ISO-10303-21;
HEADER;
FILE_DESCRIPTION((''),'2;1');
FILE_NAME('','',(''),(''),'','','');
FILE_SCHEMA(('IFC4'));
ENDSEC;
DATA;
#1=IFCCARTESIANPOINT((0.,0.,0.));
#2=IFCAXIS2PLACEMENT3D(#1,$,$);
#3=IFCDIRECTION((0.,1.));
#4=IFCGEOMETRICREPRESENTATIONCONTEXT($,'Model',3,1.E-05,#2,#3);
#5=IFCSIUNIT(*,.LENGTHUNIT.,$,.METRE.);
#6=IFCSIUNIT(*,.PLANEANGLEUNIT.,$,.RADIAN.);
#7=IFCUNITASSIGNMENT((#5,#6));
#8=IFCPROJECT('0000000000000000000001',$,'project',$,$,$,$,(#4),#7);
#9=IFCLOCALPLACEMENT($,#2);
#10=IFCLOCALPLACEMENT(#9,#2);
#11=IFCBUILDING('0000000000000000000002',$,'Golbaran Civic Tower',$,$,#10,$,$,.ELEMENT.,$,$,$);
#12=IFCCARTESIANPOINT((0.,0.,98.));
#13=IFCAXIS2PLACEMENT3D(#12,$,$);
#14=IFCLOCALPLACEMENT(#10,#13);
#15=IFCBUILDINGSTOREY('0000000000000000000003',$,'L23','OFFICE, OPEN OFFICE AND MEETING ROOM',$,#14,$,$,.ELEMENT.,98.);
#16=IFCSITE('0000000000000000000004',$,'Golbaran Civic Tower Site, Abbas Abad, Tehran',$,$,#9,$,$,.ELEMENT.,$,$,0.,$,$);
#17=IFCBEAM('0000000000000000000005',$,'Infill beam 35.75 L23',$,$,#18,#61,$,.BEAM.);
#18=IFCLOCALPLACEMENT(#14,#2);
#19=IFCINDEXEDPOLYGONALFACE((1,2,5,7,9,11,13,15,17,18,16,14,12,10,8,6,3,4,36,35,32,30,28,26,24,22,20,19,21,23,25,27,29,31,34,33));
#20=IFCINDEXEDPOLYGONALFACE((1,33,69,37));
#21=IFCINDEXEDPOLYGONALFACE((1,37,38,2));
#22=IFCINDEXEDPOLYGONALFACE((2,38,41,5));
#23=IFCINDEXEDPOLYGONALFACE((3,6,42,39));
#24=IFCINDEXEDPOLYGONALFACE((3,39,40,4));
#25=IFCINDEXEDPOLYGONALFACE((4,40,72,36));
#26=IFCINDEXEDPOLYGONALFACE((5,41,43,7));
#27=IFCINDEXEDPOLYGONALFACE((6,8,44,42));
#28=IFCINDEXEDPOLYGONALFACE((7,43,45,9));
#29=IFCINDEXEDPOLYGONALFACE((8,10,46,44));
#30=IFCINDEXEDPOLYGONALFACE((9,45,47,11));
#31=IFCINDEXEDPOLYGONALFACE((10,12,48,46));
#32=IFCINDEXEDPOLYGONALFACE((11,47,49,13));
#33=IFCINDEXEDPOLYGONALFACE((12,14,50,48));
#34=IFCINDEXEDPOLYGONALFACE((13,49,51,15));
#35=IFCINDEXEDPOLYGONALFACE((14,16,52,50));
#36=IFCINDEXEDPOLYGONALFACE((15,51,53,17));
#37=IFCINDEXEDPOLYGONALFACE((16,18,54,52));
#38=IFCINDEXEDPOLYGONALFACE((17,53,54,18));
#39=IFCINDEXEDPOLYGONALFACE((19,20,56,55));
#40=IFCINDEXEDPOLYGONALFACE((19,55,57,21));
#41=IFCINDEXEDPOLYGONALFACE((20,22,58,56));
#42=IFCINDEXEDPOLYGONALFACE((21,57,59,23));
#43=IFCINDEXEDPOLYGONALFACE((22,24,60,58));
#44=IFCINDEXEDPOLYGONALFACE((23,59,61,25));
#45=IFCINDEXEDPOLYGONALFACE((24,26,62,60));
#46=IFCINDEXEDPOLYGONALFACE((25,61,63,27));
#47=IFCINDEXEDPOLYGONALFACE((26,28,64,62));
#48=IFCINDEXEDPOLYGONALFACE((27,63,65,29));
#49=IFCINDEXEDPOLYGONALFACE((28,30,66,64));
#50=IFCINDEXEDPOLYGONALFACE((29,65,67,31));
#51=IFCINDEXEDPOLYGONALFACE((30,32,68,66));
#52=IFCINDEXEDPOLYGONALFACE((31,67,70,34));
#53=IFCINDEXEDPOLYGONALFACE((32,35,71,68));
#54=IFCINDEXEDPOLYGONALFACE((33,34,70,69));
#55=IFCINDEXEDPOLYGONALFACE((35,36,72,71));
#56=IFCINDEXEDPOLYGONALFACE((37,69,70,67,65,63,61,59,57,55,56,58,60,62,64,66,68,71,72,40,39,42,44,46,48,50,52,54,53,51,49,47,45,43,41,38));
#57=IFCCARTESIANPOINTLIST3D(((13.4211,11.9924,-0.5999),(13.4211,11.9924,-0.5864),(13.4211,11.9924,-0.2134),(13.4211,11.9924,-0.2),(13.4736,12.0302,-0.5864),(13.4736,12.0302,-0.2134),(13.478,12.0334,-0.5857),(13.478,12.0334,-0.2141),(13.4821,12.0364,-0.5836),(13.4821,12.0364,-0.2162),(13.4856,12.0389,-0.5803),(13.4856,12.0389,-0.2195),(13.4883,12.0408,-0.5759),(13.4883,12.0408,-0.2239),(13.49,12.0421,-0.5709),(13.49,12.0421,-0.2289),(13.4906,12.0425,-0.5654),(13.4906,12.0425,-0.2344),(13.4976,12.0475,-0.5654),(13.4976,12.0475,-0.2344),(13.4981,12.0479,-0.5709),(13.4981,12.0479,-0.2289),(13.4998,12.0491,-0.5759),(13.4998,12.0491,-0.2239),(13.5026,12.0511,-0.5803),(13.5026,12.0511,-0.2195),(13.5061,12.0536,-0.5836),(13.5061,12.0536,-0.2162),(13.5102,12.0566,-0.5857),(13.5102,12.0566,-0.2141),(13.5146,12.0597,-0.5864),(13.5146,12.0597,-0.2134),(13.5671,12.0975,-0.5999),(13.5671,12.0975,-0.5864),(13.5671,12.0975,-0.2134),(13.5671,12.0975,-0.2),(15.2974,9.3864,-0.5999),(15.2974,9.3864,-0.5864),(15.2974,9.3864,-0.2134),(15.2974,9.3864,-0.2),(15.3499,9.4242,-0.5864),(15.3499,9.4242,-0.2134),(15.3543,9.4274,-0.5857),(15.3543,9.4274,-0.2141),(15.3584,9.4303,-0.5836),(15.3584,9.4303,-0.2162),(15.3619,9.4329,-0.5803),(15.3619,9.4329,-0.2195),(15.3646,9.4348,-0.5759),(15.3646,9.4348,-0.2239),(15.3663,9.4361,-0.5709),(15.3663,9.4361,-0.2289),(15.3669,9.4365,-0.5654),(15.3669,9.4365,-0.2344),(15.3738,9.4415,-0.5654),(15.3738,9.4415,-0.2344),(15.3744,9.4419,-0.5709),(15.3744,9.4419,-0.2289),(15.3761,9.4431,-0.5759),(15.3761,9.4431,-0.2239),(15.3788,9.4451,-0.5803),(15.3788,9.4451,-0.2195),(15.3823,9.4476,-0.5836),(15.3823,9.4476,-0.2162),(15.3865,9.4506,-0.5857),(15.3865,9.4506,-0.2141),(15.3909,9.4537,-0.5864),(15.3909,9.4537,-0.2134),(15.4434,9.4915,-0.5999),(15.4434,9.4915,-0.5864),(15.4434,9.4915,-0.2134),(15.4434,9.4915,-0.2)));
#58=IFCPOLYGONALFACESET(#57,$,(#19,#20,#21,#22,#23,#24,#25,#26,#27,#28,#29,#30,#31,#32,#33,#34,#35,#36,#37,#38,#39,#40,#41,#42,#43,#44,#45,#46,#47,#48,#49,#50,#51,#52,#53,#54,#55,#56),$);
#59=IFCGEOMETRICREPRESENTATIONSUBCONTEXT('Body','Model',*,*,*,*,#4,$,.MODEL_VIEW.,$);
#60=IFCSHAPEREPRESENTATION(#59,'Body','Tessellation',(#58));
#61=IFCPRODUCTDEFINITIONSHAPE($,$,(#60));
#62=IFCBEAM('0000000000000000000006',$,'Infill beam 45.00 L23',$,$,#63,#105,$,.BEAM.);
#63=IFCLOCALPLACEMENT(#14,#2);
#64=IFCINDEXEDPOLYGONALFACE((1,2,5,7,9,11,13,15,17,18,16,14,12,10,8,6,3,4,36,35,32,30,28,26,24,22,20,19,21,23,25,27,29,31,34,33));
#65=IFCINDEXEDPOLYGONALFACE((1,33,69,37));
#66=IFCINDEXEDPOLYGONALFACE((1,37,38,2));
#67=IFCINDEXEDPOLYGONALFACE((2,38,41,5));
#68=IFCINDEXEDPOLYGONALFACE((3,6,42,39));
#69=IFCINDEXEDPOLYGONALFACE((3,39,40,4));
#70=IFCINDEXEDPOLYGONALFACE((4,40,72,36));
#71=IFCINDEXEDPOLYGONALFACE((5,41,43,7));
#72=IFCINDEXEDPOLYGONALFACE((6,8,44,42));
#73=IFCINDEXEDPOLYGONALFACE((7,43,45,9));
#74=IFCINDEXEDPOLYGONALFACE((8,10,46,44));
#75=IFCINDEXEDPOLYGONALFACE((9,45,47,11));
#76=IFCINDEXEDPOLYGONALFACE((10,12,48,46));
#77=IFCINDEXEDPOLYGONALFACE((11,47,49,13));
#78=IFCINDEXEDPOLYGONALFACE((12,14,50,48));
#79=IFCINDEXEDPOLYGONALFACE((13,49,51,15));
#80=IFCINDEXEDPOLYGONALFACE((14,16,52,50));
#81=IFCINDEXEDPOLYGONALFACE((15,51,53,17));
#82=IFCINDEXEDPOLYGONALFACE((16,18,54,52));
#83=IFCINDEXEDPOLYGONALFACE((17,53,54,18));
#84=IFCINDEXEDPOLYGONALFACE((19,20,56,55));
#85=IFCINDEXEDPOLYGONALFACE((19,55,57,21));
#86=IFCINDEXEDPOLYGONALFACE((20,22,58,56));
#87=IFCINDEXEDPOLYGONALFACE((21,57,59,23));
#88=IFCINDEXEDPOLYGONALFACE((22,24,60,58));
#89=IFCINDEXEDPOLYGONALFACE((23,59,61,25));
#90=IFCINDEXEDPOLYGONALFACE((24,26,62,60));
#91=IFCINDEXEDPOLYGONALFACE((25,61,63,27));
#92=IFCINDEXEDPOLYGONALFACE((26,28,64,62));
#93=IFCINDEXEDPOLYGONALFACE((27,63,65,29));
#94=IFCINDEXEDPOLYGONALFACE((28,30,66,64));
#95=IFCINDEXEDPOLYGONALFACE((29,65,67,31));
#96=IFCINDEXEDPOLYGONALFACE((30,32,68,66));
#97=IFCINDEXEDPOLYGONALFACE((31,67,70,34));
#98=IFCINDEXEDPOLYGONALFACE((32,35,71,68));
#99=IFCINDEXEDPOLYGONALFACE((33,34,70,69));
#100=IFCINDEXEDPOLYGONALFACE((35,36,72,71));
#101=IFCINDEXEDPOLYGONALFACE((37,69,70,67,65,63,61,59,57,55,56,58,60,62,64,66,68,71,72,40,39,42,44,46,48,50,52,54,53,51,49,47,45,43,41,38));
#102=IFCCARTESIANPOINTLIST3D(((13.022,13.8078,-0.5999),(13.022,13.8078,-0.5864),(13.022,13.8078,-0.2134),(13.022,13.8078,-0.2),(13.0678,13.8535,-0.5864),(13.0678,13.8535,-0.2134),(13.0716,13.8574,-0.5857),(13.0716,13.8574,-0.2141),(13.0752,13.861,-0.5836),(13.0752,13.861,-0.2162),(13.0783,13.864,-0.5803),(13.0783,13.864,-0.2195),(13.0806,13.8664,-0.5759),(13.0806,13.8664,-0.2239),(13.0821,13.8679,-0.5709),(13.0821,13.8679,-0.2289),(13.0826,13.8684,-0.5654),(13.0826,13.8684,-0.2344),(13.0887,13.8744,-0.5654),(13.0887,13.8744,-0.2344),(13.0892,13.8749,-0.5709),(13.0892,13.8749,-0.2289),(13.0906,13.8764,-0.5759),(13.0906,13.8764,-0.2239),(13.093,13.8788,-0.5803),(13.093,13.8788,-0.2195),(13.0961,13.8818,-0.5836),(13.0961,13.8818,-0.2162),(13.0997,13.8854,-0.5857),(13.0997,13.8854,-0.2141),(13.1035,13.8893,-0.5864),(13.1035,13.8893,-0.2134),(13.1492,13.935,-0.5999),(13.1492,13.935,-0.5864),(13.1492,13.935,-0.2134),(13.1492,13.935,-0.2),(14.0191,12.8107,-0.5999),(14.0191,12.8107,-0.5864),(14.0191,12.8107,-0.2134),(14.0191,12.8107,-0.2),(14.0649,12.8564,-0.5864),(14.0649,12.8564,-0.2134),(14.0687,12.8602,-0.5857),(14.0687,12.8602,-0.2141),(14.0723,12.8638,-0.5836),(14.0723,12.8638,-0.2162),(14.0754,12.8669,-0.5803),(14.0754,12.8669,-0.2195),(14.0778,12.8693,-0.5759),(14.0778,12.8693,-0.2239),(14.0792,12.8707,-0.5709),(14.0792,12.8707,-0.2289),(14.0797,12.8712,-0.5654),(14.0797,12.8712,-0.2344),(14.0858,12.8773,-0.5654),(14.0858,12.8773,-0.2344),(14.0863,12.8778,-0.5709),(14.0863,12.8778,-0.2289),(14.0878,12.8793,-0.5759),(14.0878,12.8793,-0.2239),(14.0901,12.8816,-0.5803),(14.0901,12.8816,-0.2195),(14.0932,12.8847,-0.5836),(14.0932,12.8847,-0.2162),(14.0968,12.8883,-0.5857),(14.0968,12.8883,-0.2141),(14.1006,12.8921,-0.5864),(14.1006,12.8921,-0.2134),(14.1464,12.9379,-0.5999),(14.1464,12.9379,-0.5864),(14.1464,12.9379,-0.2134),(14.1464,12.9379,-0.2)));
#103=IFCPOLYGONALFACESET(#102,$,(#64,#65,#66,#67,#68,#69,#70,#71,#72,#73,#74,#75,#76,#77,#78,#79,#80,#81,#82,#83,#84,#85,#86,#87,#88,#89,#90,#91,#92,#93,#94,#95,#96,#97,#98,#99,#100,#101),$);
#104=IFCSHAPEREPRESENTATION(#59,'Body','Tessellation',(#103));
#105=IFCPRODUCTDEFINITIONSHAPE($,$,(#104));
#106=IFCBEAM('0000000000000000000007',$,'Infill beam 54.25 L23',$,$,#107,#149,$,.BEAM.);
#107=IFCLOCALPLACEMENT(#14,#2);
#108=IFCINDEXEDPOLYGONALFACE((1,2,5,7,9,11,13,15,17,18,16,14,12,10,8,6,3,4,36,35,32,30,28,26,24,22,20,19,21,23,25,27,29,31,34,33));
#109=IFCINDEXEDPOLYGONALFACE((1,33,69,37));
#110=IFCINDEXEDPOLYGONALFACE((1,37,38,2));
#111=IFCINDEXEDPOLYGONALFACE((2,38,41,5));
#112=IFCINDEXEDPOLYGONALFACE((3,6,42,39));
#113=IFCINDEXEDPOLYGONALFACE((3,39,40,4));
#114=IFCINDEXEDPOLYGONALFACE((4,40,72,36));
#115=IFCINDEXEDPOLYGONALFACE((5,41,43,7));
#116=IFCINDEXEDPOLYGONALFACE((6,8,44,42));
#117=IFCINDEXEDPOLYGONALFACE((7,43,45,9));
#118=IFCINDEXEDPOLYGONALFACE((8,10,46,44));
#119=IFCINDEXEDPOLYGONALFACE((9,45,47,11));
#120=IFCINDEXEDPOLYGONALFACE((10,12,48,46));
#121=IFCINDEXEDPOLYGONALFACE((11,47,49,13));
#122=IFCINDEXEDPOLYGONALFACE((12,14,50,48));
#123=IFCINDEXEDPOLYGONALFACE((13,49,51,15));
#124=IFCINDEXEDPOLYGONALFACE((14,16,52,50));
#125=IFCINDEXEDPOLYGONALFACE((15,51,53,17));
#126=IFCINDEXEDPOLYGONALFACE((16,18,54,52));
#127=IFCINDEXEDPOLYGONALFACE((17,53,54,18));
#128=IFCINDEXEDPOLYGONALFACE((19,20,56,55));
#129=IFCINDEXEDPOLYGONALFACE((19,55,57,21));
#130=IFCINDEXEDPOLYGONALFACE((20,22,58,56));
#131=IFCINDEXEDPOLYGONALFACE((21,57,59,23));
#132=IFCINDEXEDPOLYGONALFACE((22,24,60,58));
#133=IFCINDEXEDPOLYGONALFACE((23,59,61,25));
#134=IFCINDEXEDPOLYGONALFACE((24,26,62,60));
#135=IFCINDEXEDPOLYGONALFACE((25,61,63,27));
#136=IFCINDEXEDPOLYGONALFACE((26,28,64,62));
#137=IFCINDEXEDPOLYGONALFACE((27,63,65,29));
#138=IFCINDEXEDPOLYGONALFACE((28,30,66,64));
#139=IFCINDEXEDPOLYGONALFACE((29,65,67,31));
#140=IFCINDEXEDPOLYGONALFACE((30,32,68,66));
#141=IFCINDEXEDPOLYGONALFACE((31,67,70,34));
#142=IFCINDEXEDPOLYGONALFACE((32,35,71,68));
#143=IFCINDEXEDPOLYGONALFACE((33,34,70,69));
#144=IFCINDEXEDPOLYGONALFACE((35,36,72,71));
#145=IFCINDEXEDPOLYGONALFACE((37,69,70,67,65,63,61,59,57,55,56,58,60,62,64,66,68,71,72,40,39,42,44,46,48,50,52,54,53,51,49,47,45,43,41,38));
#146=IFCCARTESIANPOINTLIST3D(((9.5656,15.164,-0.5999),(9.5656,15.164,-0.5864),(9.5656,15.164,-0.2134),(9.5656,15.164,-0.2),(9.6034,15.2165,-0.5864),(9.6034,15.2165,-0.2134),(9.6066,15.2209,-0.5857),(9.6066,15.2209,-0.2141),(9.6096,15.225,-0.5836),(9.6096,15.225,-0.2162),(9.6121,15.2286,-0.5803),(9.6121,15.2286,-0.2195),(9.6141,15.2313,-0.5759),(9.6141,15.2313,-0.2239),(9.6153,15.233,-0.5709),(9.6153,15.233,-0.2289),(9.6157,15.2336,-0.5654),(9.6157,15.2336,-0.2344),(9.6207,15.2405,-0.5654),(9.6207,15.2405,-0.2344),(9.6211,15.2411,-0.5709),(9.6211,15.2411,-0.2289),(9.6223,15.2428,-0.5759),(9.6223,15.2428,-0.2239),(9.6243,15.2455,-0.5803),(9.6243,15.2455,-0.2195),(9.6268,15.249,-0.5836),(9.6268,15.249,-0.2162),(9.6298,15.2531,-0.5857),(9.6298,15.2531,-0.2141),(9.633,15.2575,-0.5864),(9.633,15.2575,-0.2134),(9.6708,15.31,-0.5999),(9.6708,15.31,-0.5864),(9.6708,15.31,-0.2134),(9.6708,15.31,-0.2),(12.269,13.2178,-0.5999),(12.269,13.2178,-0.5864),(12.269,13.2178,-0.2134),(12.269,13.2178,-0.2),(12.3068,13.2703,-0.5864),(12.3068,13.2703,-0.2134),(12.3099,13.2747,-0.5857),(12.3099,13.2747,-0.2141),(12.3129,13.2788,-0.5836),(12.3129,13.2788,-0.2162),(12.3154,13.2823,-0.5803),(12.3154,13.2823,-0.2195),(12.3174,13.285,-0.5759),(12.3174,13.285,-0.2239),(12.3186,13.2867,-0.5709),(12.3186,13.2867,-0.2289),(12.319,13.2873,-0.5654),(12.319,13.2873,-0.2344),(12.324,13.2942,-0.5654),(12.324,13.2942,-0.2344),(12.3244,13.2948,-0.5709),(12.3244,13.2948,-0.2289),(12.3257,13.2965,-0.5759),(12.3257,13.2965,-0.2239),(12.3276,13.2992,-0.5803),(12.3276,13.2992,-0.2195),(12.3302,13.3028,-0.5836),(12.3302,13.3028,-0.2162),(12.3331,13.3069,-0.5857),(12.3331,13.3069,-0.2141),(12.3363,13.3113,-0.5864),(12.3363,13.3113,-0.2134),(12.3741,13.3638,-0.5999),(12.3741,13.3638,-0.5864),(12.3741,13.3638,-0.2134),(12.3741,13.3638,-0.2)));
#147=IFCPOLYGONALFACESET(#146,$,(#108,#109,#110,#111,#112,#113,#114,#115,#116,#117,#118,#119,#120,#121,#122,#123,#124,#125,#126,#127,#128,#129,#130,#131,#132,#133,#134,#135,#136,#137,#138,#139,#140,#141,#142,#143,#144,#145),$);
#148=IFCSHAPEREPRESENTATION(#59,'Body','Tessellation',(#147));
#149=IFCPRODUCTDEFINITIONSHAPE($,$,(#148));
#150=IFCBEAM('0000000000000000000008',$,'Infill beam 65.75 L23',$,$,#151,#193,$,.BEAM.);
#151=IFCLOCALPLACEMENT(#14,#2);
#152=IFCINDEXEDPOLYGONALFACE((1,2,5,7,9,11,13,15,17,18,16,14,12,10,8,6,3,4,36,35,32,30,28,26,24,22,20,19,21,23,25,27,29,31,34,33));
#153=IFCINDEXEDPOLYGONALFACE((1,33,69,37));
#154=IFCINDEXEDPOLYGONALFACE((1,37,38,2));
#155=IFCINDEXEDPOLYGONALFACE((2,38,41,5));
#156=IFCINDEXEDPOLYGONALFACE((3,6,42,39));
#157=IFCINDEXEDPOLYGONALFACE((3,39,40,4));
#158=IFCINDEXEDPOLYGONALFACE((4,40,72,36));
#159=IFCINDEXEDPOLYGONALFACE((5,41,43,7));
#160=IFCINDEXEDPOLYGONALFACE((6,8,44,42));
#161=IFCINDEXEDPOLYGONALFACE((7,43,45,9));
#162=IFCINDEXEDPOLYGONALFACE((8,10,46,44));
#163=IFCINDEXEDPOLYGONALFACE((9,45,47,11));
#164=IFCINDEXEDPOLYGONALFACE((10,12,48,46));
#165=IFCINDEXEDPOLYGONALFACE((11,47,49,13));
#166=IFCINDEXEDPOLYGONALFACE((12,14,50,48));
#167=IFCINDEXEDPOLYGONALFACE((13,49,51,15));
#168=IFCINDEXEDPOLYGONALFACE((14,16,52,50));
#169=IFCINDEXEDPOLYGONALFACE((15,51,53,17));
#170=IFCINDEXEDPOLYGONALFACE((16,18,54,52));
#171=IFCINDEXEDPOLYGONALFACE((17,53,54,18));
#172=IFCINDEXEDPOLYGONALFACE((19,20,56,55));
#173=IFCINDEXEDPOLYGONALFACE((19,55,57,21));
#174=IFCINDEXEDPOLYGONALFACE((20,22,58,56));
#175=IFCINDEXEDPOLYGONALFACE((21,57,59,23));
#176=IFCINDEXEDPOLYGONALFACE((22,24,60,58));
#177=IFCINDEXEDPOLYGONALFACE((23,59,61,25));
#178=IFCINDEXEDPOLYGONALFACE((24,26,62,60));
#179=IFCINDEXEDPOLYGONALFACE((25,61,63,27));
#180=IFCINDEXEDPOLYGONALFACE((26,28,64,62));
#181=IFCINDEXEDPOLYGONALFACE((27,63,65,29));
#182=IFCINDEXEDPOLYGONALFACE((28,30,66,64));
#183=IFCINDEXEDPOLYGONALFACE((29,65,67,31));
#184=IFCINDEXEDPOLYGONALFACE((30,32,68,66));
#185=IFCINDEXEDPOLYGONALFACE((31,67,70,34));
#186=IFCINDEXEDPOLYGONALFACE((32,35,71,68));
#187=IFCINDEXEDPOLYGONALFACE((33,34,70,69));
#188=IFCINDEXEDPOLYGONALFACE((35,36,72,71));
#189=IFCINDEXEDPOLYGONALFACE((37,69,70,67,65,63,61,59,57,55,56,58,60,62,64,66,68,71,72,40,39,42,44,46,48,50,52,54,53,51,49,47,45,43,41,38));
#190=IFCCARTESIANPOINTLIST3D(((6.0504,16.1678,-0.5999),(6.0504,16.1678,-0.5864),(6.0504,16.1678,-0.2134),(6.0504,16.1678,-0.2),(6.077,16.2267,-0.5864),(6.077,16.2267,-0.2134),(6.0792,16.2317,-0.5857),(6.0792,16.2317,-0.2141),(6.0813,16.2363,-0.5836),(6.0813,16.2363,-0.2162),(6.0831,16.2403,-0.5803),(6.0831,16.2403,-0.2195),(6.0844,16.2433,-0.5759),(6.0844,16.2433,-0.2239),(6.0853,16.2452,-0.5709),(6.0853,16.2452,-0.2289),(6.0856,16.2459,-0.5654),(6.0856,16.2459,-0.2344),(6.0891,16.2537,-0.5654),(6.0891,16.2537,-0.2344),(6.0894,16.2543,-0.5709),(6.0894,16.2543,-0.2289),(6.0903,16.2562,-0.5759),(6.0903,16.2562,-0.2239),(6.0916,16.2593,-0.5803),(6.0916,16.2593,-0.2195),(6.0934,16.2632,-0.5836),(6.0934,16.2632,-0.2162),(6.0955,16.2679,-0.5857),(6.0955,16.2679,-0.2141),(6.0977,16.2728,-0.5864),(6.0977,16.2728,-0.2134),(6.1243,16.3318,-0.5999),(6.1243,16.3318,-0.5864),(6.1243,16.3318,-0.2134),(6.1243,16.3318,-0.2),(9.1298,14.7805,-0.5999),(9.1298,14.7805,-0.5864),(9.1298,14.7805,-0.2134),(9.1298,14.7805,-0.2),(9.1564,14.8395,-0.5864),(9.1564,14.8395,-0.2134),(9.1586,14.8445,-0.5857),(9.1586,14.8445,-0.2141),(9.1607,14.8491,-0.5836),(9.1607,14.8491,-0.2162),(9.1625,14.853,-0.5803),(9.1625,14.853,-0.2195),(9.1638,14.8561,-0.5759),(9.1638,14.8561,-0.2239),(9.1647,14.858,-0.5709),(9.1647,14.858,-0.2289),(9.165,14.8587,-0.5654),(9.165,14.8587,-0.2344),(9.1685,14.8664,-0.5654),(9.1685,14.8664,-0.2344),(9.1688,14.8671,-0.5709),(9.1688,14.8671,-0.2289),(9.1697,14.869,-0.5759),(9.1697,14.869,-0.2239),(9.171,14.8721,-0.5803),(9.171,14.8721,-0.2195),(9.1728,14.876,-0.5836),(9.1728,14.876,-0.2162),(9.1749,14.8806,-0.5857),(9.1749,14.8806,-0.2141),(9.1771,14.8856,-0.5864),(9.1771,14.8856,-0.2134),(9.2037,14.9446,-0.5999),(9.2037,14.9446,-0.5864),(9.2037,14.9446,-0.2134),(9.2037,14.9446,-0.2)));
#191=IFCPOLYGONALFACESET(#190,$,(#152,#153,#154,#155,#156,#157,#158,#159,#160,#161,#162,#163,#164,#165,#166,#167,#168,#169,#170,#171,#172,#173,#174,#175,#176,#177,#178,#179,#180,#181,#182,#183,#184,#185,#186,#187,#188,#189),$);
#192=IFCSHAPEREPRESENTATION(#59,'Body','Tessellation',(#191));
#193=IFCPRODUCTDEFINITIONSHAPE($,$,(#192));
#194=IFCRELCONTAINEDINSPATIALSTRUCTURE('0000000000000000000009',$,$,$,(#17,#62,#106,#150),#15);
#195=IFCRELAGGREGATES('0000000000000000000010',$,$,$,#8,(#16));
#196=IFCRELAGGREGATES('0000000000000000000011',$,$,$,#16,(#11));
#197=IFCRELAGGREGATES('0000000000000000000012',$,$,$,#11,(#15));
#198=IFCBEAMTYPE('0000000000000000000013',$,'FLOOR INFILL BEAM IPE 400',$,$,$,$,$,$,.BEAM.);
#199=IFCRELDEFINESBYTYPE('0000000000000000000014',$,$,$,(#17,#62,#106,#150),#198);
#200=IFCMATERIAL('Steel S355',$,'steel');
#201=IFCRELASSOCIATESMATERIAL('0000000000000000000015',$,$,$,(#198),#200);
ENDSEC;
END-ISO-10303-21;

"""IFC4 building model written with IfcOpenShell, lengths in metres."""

from ifc_helpers import new_model, si_unit, direction, frame, origin, origin_2d, place, context, subcontext, project, spatial, i_section, extrude, material, material_profile, profile_set, type_object, element, save


model = new_model("IFC4")

# Units and contexts
model_context = context("Model", 3, precision=1e-05, world=origin(), true_north=direction((0.0, 1.0)))
body_context = subcontext(model_context, "Body", "Model", "MODEL_VIEW")
ifc_project = project(units=[si_unit("LENGTHUNIT", "METRE"), si_unit("PLANEANGLEUNIT", "RADIAN")], contexts=[model_context])

# Site, building, storey
site_placement = place(None, origin())
site = spatial("IfcSite", under=ifc_project, at=site_placement, Name="Golbaran Civic Tower Site, Abbas Abad, Tehran", CompositionType="ELEMENT", RefElevation=0.0)
building_placement = place(site_placement, origin())
building = spatial("IfcBuilding", under=site, at=building_placement, Name="Golbaran Civic Tower", CompositionType="ELEMENT")
storey_placement = place(building_placement, frame((0.0, 0.0, 98.0)))
storey = spatial("IfcBuildingStorey", under=building, at=storey_placement, Name="L23", Description="OFFICE, OPEN OFFICE AND MEETING ROOM", CompositionType="ELEMENT", Elevation=98.0)

# Beams
ifc_material_1 = material(Name="Steel S355", Category="steel")
ifc_material_profile_1 = material_profile(ifc_material_1, i_section(OverallWidth=0.1799, OverallDepth=0.3999, WebThickness=0.0085, FlangeThickness=0.0134, FilletRadius=0.021, at=origin_2d()), Name="IPE 400")
ifc_profile_set_1 = profile_set([ifc_material_profile_1], Name="Steel S355")
beam_type_1 = type_object("IfcBeamType", Name="FLOOR INFILL BEAM IPE 400", PredefinedType="BEAM", material=ifc_profile_set_1)
beam_1_placement = place(storey_placement, frame((15.3704, 9.439, -0.3999), z_axis=(-0.584291, 0.811544, 0.0), x_axis=(-0.811544, -0.584291, 0.0)))
element("IfcBeam", 1, at=beam_1_placement, inside=storey, type_object=beam_type_1, Name="Infill beam 35.75 L23", PredefinedType="BEAM", context=body_context, shape_type="SweptSolid", body=[
    extrude(i_section(OverallWidth=0.1799, OverallDepth=0.3999, WebThickness=0.0085, FlangeThickness=0.0134, FilletRadius=0.021, at=origin_2d()), origin(), (0.0, 0.0, 1.0), 3.2112),
])
beam_2_placement = place(storey_placement, frame((14.0828, 12.8743, -0.3999), z_axis=(-0.707107, 0.707107, 0.0), x_axis=(-0.707107, -0.707107, 0.0)))
element("IfcBeam", 2, at=beam_2_placement, inside=storey, type_object=beam_type_1, Name="Infill beam 45.00 L23", PredefinedType="BEAM", context=body_context, shape_type="SweptSolid", body=[
    extrude(i_section(OverallWidth=0.1799, OverallDepth=0.3999, WebThickness=0.0085, FlangeThickness=0.0134, FilletRadius=0.021, at=origin_2d()), origin(), (0.0, 0.0, 1.0), 1.4102),
])
beam_3_placement = place(storey_placement, frame((12.3215, 13.2908, -0.3999), z_axis=(-0.811554, 0.584278, 0.0), x_axis=(-0.584278, -0.811554, 0.0)))
element("IfcBeam", 3, at=beam_3_placement, inside=storey, type_object=beam_type_1, Name="Infill beam 54.25 L23", PredefinedType="BEAM", context=body_context, shape_type="SweptSolid", body=[
    extrude(i_section(OverallWidth=0.1799, OverallDepth=0.3999, WebThickness=0.0085, FlangeThickness=0.0134, FilletRadius=0.021, at=origin_2d()), origin(), (0.0, 0.0, 1.0), 3.3311),
])
beam_4_placement = place(storey_placement, frame((9.1667, 14.8625, -0.3999), z_axis=(-0.911755, 0.410734, 0.0), x_axis=(-0.410734, -0.911755, 0.0)))
element("IfcBeam", 4, at=beam_4_placement, inside=storey, type_object=beam_type_1, Name="Infill beam 65.75 L23", PredefinedType="BEAM", context=body_context, shape_type="SweptSolid", body=[
    extrude(i_section(OverallWidth=0.1799, OverallDepth=0.3999, WebThickness=0.0085, FlangeThickness=0.0134, FilletRadius=0.021, at=origin_2d()), origin(), (0.0, 0.0, 1.0), 3.3774),
])

save(model, "model.ifc")
